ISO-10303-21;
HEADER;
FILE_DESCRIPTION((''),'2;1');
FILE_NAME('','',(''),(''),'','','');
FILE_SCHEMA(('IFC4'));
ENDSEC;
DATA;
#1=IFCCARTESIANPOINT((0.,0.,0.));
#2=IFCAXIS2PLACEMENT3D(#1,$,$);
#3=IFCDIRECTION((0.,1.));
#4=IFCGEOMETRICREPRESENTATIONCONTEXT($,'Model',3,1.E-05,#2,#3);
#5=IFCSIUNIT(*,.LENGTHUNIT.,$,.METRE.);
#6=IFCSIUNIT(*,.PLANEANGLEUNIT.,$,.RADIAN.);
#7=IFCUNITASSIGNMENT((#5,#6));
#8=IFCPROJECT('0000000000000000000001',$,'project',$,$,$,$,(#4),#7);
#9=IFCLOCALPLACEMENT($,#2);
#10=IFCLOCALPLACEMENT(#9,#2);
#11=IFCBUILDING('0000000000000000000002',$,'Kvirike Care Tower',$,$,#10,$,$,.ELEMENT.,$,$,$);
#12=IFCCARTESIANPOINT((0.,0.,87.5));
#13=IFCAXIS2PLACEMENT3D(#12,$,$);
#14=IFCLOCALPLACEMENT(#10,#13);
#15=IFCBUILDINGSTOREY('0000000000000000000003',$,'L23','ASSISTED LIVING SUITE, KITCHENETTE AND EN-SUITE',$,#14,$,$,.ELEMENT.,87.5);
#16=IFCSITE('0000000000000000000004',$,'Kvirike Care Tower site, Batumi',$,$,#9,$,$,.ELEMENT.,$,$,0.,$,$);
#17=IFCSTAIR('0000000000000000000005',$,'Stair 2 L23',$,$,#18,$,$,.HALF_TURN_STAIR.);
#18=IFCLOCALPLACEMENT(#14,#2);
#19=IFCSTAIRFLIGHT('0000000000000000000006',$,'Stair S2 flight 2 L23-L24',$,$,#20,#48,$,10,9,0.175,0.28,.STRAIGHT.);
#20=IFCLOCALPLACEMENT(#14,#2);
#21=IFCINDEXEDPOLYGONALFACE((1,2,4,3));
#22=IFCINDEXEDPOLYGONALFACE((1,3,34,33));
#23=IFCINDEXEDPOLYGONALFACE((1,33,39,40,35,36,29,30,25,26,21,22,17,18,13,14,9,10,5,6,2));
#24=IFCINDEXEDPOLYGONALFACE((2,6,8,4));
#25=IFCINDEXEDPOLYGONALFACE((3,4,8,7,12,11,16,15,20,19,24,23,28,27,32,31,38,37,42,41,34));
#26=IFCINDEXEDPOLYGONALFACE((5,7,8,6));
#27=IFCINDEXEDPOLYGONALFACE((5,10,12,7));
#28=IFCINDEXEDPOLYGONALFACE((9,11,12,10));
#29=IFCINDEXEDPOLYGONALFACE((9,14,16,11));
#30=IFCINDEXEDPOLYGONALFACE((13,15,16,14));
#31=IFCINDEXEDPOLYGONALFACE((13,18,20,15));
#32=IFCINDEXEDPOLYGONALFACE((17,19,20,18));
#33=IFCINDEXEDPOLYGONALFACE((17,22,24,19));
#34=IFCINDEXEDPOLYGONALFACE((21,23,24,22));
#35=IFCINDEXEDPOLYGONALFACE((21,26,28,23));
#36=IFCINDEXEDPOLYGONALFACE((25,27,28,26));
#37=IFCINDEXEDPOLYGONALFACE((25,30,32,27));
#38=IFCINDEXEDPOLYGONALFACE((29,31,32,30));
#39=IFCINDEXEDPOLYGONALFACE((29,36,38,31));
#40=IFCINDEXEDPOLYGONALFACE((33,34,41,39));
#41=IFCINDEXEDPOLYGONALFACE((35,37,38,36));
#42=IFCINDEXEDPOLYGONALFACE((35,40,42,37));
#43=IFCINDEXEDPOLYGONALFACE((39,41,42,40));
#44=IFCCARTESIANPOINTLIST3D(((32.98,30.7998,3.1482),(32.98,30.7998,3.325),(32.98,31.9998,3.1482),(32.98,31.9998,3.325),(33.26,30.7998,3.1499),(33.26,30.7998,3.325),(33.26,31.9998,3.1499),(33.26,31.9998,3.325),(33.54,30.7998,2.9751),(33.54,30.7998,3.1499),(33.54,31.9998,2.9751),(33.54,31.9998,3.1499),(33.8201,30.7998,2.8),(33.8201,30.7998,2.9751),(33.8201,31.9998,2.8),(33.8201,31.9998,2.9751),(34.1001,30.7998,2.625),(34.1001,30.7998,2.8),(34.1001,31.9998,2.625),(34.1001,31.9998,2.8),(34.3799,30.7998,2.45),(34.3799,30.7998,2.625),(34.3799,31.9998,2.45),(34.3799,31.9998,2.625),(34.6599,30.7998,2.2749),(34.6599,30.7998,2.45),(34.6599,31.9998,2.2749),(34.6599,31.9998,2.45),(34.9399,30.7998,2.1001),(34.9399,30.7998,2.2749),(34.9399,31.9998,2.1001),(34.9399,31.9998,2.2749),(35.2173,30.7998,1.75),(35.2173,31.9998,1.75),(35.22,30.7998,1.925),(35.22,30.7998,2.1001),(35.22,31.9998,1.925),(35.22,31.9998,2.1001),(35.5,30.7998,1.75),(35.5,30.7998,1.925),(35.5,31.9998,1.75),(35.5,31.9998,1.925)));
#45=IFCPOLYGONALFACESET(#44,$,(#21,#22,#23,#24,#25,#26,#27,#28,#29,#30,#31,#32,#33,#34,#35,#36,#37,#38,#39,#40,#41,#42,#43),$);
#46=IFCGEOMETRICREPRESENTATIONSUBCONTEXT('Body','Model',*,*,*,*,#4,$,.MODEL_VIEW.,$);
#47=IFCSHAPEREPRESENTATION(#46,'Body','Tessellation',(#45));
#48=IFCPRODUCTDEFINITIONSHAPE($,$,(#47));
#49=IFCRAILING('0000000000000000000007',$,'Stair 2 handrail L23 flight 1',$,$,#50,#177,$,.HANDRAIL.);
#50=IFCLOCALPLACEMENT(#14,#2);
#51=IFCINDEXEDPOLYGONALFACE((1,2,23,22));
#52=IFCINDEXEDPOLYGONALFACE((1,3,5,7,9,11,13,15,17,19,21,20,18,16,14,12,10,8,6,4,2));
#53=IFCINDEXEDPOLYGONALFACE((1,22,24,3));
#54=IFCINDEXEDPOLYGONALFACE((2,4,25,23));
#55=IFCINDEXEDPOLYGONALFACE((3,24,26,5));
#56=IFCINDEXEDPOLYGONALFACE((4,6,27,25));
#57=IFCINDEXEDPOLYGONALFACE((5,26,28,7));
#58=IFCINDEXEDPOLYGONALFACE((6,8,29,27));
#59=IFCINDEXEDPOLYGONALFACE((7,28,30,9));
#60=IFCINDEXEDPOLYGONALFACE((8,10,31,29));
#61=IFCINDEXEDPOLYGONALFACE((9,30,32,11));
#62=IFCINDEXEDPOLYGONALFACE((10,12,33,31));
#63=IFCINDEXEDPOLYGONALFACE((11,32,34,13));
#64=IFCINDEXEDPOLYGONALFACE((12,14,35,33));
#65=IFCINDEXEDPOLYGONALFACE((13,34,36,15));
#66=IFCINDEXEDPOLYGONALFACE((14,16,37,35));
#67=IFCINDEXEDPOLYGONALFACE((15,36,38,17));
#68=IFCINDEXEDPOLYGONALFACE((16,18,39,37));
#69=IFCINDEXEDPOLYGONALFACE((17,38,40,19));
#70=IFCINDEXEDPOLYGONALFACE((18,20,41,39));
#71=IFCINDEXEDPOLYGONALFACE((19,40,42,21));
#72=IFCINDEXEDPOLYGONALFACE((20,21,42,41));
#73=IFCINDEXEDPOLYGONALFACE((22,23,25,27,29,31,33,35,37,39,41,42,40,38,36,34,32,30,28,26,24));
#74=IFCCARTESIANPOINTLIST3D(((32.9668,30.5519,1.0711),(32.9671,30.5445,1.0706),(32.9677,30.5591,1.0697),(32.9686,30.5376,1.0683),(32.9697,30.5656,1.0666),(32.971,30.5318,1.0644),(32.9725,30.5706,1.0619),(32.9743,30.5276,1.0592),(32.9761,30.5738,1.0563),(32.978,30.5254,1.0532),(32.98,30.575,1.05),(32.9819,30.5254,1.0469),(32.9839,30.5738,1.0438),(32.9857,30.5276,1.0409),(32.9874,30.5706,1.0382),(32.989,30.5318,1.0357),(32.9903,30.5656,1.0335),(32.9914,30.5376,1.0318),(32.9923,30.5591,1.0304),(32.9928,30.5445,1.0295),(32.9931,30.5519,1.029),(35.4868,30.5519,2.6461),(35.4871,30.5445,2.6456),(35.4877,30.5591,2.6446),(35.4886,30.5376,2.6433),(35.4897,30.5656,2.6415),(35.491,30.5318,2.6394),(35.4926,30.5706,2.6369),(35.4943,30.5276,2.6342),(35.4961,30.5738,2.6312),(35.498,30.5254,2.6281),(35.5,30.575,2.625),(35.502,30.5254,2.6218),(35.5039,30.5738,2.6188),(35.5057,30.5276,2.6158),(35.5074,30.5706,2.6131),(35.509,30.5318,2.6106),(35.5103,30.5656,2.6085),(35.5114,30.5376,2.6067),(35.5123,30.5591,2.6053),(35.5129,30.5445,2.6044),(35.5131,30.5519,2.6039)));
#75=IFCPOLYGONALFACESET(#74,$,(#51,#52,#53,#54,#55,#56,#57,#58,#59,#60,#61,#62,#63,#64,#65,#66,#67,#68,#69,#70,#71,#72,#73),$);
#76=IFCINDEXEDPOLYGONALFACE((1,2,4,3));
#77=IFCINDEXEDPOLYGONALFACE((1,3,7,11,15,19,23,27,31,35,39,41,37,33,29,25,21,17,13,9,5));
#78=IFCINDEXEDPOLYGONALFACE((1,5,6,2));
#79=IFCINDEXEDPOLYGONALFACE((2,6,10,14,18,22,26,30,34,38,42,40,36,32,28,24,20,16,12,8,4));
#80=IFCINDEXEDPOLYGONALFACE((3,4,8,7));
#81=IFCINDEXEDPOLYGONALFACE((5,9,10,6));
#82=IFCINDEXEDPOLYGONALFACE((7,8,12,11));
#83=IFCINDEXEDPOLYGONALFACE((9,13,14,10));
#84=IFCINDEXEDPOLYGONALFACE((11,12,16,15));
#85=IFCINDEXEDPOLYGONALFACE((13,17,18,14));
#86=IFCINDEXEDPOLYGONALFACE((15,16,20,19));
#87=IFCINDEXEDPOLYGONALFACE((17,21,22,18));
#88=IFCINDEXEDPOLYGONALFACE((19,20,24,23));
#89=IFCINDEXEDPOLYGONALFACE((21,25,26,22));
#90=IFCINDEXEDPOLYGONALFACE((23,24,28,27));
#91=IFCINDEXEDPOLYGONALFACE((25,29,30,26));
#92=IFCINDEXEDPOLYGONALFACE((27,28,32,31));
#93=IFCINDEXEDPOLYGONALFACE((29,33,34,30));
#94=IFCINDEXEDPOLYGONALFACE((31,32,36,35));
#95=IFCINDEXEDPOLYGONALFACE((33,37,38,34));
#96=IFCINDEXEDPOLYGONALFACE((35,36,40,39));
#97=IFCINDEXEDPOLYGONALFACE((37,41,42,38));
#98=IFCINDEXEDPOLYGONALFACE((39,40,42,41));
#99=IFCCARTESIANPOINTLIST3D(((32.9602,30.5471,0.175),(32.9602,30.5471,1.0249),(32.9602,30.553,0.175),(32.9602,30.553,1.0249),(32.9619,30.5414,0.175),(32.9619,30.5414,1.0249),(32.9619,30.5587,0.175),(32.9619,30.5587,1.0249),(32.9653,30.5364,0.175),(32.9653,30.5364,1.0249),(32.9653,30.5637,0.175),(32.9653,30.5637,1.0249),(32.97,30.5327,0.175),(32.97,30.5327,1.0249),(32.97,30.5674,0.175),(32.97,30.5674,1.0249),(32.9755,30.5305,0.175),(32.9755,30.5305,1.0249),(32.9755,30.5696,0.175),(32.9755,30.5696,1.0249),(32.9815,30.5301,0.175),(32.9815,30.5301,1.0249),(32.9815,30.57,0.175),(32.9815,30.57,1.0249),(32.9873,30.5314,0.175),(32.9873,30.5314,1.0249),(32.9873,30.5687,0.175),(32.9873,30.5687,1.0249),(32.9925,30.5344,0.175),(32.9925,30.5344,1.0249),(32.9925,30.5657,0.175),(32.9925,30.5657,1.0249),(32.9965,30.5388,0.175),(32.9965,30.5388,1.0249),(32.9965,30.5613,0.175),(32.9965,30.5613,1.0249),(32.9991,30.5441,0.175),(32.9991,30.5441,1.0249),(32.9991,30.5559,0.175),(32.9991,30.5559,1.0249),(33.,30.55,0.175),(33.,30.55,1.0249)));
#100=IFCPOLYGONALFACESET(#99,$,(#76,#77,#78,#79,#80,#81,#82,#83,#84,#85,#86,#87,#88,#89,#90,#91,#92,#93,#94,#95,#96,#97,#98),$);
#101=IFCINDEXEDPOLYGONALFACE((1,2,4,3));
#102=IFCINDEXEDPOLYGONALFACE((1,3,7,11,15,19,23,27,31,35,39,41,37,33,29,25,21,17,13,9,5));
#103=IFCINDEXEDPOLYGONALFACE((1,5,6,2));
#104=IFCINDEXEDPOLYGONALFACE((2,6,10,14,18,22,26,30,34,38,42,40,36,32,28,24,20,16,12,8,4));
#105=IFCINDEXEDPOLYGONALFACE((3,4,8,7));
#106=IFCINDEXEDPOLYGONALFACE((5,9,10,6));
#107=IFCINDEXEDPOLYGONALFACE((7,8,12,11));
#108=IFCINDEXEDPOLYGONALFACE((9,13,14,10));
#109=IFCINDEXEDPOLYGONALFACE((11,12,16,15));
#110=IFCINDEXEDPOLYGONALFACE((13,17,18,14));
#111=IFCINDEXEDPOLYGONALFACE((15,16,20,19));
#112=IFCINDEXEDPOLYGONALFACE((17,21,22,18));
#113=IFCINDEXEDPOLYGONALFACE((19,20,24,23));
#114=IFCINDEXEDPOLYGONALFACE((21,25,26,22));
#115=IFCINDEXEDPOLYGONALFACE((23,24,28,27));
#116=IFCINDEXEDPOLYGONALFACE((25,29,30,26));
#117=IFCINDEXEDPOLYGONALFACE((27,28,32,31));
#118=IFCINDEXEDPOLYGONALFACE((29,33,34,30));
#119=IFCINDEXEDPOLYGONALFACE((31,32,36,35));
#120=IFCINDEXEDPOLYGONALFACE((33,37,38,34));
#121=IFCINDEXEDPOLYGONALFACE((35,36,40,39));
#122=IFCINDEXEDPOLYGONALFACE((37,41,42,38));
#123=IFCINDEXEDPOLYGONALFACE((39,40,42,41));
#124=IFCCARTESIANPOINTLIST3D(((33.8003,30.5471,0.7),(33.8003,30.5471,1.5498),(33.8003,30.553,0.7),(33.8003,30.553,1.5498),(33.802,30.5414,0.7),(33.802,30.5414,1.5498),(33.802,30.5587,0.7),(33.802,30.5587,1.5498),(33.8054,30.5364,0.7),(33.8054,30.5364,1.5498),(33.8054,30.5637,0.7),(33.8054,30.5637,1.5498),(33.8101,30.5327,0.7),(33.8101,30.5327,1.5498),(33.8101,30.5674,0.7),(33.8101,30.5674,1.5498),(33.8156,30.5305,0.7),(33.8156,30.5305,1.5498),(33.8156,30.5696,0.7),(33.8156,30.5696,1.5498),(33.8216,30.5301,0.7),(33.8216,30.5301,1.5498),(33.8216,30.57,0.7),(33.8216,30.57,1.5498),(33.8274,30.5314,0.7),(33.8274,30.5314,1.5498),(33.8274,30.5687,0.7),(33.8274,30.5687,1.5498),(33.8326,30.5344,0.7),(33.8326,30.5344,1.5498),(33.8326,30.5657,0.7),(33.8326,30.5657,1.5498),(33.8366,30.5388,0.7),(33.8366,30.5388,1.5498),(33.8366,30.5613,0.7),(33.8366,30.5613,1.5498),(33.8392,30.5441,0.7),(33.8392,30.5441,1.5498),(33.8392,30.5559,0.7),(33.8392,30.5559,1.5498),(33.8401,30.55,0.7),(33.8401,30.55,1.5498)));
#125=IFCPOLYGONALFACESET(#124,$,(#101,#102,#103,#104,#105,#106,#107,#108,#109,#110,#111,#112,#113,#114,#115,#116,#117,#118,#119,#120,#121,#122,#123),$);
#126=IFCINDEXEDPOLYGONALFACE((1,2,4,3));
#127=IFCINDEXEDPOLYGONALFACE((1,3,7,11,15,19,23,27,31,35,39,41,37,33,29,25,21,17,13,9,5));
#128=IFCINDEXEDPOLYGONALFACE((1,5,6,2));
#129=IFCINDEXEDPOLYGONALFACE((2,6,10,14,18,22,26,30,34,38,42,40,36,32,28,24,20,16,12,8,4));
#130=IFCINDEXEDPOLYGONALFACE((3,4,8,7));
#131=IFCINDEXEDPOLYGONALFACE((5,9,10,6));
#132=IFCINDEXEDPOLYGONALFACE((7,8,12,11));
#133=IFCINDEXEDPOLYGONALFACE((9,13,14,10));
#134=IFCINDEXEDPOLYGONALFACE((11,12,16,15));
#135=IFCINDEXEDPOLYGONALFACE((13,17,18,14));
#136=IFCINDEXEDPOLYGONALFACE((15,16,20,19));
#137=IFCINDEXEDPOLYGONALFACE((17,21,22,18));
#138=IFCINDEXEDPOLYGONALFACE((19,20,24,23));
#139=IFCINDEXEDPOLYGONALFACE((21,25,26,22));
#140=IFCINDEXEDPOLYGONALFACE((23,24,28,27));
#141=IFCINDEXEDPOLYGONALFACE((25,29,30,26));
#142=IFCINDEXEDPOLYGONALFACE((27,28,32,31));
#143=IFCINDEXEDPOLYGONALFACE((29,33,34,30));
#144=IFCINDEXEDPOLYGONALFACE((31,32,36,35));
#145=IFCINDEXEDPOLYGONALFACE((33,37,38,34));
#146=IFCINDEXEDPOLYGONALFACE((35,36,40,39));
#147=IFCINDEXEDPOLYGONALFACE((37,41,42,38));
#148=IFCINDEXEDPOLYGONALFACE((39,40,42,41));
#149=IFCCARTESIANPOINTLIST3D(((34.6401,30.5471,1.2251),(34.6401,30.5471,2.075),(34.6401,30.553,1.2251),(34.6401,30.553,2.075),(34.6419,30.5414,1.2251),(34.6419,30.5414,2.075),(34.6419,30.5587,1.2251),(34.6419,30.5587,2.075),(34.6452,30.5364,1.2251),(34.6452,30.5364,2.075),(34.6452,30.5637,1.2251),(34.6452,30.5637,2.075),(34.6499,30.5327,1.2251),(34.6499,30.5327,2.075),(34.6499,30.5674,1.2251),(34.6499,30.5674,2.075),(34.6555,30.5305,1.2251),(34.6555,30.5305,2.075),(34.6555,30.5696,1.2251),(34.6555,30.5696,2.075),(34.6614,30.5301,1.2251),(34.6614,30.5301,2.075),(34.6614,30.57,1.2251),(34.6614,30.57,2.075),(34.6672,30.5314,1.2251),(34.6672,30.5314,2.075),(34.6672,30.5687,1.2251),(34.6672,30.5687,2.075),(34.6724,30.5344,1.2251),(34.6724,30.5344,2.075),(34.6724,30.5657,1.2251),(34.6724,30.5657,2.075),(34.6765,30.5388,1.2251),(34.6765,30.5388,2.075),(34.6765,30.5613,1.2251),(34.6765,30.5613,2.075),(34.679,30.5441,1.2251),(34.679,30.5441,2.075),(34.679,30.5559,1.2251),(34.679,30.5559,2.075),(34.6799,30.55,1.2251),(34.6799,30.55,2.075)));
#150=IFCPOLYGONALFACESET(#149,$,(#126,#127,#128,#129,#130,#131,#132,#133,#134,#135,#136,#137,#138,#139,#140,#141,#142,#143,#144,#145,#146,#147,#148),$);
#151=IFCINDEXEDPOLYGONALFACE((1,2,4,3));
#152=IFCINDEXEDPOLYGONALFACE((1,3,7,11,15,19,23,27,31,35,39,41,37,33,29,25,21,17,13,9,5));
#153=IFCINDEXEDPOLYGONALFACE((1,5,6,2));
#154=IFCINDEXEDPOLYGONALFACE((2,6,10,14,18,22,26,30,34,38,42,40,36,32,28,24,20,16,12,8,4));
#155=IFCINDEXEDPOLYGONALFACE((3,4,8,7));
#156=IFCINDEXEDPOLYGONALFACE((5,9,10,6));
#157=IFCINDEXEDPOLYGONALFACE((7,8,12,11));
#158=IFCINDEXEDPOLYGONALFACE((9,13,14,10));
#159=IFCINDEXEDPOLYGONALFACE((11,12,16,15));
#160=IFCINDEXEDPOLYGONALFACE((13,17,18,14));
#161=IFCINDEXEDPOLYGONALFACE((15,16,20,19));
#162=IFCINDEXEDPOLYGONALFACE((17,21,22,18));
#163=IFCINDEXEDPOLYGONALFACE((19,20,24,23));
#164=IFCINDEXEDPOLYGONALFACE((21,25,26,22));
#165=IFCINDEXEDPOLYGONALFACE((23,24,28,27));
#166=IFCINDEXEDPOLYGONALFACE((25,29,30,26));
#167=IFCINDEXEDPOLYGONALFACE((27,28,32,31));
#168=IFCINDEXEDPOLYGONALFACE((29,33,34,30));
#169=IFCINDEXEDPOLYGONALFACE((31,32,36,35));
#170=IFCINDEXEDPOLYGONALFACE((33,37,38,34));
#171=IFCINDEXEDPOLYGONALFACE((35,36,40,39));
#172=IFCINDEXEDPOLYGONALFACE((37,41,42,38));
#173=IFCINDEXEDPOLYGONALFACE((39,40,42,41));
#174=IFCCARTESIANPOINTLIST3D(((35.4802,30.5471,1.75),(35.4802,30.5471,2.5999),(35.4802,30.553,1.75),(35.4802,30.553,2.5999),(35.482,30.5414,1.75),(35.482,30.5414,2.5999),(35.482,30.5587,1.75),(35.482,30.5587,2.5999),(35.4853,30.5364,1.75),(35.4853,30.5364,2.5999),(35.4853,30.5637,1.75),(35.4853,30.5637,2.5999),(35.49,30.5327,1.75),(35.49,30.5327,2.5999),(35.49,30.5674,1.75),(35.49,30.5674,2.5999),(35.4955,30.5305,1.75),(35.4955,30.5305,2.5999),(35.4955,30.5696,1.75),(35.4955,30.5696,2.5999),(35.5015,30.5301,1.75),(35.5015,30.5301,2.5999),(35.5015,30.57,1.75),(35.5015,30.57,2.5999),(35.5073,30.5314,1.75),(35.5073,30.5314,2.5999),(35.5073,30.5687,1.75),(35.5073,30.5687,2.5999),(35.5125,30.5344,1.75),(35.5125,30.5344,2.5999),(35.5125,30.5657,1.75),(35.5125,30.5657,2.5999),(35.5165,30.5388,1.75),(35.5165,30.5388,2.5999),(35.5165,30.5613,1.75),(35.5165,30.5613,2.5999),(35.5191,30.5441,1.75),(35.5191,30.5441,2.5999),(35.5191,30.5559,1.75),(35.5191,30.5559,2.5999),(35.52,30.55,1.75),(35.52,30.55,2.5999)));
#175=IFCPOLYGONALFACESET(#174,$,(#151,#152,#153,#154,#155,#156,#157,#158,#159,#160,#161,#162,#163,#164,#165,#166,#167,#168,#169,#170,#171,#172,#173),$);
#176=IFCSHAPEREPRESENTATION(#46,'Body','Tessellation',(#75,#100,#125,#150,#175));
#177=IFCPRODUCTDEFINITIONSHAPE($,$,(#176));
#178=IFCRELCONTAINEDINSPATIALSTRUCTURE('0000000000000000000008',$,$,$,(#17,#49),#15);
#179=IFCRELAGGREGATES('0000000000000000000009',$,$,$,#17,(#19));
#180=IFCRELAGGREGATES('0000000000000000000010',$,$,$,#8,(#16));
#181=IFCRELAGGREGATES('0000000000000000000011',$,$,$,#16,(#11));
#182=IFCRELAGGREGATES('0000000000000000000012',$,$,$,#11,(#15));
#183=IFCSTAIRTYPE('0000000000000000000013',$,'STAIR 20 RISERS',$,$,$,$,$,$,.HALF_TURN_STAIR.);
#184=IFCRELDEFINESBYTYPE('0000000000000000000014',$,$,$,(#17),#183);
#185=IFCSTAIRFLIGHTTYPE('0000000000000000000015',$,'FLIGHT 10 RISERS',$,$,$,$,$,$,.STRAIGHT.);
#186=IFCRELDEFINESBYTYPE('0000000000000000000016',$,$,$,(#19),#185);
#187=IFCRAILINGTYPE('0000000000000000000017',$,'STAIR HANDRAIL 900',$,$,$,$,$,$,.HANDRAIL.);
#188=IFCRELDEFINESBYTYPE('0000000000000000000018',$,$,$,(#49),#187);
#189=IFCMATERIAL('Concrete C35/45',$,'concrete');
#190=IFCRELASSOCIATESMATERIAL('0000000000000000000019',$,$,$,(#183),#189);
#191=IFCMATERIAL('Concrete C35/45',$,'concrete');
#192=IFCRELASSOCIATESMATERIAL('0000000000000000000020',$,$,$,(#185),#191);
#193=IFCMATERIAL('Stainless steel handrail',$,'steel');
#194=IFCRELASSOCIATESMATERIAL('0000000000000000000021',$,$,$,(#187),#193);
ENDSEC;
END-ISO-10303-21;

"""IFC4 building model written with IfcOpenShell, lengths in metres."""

from ifc_helpers import new_model, si_unit, direction, frame, origin, origin_2d, place, context, subcontext, project, spatial, polyline, circle, outline, extrude, material, type_object, element, aggregate, save


model = new_model("IFC4")

# Units and contexts
model_context = context("Model", 3, precision=1e-05, world=origin(), true_north=direction((0.0, 1.0)))
body_context = subcontext(model_context, "Body", "Model", "MODEL_VIEW")
ifc_project = project(units=[si_unit("LENGTHUNIT", "METRE"), si_unit("PLANEANGLEUNIT", "RADIAN")], contexts=[model_context])

# Site, building, storey
site_placement = place(None, origin())
site = spatial("IfcSite", under=ifc_project, at=site_placement, Name="Kvirike Care Tower site, Batumi", CompositionType="ELEMENT", RefElevation=0.0)
building_placement = place(site_placement, origin())
building = spatial("IfcBuilding", under=site, at=building_placement, Name="Kvirike Care Tower", CompositionType="ELEMENT")
storey_placement = place(building_placement, frame((0.0, 0.0, 87.5)))
storey = spatial("IfcBuildingStorey", under=building, at=storey_placement, Name="L23", Description="ASSISTED LIVING SUITE, KITCHENETTE AND EN-SUITE", CompositionType="ELEMENT", Elevation=87.5)

# Stair, stair flight
ifc_material_1 = material(Name="Concrete C35/45", Category="concrete")
stair_type = type_object("IfcStairType", Name="STAIR 20 RISERS", PredefinedType="HALF_TURN_STAIR", material=ifc_material_1)
stair_placement = place(storey_placement, origin())
stair = element("IfcStair", 1, at=stair_placement, inside=storey, type_object=stair_type, Name="Stair 2 L23", PredefinedType="HALF_TURN_STAIR")
ifc_material_2 = material(Name="Concrete C35/45", Category="concrete")
stair_flight_type = type_object("IfcStairFlightType", Name="FLIGHT 10 RISERS", PredefinedType="STRAIGHT", material=ifc_material_2)
stair_flight_1_placement = place(storey_placement, frame((35.5, 31.3999, 1.75), z_axis=(0.0, 0.0, 1.0), x_axis=(-1.0, 0.0, 0.0)))
stair_flight_1 = element("IfcStairFlight", 2, at=stair_flight_1_placement, type_object=stair_flight_type, Name="Stair S2 flight 2 L23-L24", NumberOfRisers=10, NumberOfTreads=9, PredefinedType="STRAIGHT", RiserHeight=0.175, TreadLength=0.28, context=body_context, shape_type="SweptSolid", body=[
    extrude(outline(polyline([(0.0, 0.0), (0.0, 0.175), (0.28, 0.175), (0.28, 0.3501), (0.5601, 0.3501), (0.5601, 0.5249), (0.8401, 0.5249), (0.8401, 0.7), (1.1201, 0.7), (1.1201, 0.875), (1.3999, 0.875), (1.3999, 1.05), (1.6799, 1.05), (1.6799, 1.2251), (1.96, 1.2251), (1.96, 1.3999), (2.24, 1.3999), (2.24, 1.575), (2.52, 1.575), (2.52, 1.75), (2.52, 1.3982), (0.2827, 0.0), (0.0, 0.0)])), frame((0.0, 0.6001, 0.0), z_axis=(0.0, -1.0, 0.0), x_axis=(1.0, 0.0, 0.0)), (0.0, 0.0, 1.0), 1.2),
])
aggregate(stair, [stair_flight_1])

# Railing
ifc_material_3 = material(Name="Stainless steel handrail", Category="steel")
railing_type = type_object("IfcRailingType", Name="STAIR HANDRAIL 900", PredefinedType="HANDRAIL", material=ifc_material_3)
railing_1_placement = place(storey_placement, frame((32.98, 30.55, 0.175)))
element("IfcRailing", 3, at=railing_1_placement, inside=storey, type_object=railing_type, Name="Stair 2 handrail L23 flight 1", PredefinedType="HANDRAIL", context=body_context, shape_type="SweptSolid", body=[
    extrude(circle(Radius=0.0249, at=origin_2d()), frame((0.0, 0.0, 0.875), z_axis=(0.848008, 0.0, 0.529984), x_axis=(0.0, 1.0, 0.0)), (0.0, 0.0, 1.0), 2.9717),
    extrude(circle(Radius=0.02, at=origin_2d()), origin(), (0.0, 0.0, 1.0), 0.8499),
    extrude(circle(Radius=0.02, at=origin_2d()), frame((0.8401, 0.0, 0.5249)), (0.0, 0.0, 1.0), 0.8499),
    extrude(circle(Radius=0.02, at=origin_2d()), frame((1.6799, 0.0, 1.05)), (0.0, 0.0, 1.0), 0.8499),
    extrude(circle(Radius=0.02, at=origin_2d()), frame((2.52, 0.0, 1.575)), (0.0, 0.0, 1.0), 0.8499),
])

save(model, "model.ifc")
